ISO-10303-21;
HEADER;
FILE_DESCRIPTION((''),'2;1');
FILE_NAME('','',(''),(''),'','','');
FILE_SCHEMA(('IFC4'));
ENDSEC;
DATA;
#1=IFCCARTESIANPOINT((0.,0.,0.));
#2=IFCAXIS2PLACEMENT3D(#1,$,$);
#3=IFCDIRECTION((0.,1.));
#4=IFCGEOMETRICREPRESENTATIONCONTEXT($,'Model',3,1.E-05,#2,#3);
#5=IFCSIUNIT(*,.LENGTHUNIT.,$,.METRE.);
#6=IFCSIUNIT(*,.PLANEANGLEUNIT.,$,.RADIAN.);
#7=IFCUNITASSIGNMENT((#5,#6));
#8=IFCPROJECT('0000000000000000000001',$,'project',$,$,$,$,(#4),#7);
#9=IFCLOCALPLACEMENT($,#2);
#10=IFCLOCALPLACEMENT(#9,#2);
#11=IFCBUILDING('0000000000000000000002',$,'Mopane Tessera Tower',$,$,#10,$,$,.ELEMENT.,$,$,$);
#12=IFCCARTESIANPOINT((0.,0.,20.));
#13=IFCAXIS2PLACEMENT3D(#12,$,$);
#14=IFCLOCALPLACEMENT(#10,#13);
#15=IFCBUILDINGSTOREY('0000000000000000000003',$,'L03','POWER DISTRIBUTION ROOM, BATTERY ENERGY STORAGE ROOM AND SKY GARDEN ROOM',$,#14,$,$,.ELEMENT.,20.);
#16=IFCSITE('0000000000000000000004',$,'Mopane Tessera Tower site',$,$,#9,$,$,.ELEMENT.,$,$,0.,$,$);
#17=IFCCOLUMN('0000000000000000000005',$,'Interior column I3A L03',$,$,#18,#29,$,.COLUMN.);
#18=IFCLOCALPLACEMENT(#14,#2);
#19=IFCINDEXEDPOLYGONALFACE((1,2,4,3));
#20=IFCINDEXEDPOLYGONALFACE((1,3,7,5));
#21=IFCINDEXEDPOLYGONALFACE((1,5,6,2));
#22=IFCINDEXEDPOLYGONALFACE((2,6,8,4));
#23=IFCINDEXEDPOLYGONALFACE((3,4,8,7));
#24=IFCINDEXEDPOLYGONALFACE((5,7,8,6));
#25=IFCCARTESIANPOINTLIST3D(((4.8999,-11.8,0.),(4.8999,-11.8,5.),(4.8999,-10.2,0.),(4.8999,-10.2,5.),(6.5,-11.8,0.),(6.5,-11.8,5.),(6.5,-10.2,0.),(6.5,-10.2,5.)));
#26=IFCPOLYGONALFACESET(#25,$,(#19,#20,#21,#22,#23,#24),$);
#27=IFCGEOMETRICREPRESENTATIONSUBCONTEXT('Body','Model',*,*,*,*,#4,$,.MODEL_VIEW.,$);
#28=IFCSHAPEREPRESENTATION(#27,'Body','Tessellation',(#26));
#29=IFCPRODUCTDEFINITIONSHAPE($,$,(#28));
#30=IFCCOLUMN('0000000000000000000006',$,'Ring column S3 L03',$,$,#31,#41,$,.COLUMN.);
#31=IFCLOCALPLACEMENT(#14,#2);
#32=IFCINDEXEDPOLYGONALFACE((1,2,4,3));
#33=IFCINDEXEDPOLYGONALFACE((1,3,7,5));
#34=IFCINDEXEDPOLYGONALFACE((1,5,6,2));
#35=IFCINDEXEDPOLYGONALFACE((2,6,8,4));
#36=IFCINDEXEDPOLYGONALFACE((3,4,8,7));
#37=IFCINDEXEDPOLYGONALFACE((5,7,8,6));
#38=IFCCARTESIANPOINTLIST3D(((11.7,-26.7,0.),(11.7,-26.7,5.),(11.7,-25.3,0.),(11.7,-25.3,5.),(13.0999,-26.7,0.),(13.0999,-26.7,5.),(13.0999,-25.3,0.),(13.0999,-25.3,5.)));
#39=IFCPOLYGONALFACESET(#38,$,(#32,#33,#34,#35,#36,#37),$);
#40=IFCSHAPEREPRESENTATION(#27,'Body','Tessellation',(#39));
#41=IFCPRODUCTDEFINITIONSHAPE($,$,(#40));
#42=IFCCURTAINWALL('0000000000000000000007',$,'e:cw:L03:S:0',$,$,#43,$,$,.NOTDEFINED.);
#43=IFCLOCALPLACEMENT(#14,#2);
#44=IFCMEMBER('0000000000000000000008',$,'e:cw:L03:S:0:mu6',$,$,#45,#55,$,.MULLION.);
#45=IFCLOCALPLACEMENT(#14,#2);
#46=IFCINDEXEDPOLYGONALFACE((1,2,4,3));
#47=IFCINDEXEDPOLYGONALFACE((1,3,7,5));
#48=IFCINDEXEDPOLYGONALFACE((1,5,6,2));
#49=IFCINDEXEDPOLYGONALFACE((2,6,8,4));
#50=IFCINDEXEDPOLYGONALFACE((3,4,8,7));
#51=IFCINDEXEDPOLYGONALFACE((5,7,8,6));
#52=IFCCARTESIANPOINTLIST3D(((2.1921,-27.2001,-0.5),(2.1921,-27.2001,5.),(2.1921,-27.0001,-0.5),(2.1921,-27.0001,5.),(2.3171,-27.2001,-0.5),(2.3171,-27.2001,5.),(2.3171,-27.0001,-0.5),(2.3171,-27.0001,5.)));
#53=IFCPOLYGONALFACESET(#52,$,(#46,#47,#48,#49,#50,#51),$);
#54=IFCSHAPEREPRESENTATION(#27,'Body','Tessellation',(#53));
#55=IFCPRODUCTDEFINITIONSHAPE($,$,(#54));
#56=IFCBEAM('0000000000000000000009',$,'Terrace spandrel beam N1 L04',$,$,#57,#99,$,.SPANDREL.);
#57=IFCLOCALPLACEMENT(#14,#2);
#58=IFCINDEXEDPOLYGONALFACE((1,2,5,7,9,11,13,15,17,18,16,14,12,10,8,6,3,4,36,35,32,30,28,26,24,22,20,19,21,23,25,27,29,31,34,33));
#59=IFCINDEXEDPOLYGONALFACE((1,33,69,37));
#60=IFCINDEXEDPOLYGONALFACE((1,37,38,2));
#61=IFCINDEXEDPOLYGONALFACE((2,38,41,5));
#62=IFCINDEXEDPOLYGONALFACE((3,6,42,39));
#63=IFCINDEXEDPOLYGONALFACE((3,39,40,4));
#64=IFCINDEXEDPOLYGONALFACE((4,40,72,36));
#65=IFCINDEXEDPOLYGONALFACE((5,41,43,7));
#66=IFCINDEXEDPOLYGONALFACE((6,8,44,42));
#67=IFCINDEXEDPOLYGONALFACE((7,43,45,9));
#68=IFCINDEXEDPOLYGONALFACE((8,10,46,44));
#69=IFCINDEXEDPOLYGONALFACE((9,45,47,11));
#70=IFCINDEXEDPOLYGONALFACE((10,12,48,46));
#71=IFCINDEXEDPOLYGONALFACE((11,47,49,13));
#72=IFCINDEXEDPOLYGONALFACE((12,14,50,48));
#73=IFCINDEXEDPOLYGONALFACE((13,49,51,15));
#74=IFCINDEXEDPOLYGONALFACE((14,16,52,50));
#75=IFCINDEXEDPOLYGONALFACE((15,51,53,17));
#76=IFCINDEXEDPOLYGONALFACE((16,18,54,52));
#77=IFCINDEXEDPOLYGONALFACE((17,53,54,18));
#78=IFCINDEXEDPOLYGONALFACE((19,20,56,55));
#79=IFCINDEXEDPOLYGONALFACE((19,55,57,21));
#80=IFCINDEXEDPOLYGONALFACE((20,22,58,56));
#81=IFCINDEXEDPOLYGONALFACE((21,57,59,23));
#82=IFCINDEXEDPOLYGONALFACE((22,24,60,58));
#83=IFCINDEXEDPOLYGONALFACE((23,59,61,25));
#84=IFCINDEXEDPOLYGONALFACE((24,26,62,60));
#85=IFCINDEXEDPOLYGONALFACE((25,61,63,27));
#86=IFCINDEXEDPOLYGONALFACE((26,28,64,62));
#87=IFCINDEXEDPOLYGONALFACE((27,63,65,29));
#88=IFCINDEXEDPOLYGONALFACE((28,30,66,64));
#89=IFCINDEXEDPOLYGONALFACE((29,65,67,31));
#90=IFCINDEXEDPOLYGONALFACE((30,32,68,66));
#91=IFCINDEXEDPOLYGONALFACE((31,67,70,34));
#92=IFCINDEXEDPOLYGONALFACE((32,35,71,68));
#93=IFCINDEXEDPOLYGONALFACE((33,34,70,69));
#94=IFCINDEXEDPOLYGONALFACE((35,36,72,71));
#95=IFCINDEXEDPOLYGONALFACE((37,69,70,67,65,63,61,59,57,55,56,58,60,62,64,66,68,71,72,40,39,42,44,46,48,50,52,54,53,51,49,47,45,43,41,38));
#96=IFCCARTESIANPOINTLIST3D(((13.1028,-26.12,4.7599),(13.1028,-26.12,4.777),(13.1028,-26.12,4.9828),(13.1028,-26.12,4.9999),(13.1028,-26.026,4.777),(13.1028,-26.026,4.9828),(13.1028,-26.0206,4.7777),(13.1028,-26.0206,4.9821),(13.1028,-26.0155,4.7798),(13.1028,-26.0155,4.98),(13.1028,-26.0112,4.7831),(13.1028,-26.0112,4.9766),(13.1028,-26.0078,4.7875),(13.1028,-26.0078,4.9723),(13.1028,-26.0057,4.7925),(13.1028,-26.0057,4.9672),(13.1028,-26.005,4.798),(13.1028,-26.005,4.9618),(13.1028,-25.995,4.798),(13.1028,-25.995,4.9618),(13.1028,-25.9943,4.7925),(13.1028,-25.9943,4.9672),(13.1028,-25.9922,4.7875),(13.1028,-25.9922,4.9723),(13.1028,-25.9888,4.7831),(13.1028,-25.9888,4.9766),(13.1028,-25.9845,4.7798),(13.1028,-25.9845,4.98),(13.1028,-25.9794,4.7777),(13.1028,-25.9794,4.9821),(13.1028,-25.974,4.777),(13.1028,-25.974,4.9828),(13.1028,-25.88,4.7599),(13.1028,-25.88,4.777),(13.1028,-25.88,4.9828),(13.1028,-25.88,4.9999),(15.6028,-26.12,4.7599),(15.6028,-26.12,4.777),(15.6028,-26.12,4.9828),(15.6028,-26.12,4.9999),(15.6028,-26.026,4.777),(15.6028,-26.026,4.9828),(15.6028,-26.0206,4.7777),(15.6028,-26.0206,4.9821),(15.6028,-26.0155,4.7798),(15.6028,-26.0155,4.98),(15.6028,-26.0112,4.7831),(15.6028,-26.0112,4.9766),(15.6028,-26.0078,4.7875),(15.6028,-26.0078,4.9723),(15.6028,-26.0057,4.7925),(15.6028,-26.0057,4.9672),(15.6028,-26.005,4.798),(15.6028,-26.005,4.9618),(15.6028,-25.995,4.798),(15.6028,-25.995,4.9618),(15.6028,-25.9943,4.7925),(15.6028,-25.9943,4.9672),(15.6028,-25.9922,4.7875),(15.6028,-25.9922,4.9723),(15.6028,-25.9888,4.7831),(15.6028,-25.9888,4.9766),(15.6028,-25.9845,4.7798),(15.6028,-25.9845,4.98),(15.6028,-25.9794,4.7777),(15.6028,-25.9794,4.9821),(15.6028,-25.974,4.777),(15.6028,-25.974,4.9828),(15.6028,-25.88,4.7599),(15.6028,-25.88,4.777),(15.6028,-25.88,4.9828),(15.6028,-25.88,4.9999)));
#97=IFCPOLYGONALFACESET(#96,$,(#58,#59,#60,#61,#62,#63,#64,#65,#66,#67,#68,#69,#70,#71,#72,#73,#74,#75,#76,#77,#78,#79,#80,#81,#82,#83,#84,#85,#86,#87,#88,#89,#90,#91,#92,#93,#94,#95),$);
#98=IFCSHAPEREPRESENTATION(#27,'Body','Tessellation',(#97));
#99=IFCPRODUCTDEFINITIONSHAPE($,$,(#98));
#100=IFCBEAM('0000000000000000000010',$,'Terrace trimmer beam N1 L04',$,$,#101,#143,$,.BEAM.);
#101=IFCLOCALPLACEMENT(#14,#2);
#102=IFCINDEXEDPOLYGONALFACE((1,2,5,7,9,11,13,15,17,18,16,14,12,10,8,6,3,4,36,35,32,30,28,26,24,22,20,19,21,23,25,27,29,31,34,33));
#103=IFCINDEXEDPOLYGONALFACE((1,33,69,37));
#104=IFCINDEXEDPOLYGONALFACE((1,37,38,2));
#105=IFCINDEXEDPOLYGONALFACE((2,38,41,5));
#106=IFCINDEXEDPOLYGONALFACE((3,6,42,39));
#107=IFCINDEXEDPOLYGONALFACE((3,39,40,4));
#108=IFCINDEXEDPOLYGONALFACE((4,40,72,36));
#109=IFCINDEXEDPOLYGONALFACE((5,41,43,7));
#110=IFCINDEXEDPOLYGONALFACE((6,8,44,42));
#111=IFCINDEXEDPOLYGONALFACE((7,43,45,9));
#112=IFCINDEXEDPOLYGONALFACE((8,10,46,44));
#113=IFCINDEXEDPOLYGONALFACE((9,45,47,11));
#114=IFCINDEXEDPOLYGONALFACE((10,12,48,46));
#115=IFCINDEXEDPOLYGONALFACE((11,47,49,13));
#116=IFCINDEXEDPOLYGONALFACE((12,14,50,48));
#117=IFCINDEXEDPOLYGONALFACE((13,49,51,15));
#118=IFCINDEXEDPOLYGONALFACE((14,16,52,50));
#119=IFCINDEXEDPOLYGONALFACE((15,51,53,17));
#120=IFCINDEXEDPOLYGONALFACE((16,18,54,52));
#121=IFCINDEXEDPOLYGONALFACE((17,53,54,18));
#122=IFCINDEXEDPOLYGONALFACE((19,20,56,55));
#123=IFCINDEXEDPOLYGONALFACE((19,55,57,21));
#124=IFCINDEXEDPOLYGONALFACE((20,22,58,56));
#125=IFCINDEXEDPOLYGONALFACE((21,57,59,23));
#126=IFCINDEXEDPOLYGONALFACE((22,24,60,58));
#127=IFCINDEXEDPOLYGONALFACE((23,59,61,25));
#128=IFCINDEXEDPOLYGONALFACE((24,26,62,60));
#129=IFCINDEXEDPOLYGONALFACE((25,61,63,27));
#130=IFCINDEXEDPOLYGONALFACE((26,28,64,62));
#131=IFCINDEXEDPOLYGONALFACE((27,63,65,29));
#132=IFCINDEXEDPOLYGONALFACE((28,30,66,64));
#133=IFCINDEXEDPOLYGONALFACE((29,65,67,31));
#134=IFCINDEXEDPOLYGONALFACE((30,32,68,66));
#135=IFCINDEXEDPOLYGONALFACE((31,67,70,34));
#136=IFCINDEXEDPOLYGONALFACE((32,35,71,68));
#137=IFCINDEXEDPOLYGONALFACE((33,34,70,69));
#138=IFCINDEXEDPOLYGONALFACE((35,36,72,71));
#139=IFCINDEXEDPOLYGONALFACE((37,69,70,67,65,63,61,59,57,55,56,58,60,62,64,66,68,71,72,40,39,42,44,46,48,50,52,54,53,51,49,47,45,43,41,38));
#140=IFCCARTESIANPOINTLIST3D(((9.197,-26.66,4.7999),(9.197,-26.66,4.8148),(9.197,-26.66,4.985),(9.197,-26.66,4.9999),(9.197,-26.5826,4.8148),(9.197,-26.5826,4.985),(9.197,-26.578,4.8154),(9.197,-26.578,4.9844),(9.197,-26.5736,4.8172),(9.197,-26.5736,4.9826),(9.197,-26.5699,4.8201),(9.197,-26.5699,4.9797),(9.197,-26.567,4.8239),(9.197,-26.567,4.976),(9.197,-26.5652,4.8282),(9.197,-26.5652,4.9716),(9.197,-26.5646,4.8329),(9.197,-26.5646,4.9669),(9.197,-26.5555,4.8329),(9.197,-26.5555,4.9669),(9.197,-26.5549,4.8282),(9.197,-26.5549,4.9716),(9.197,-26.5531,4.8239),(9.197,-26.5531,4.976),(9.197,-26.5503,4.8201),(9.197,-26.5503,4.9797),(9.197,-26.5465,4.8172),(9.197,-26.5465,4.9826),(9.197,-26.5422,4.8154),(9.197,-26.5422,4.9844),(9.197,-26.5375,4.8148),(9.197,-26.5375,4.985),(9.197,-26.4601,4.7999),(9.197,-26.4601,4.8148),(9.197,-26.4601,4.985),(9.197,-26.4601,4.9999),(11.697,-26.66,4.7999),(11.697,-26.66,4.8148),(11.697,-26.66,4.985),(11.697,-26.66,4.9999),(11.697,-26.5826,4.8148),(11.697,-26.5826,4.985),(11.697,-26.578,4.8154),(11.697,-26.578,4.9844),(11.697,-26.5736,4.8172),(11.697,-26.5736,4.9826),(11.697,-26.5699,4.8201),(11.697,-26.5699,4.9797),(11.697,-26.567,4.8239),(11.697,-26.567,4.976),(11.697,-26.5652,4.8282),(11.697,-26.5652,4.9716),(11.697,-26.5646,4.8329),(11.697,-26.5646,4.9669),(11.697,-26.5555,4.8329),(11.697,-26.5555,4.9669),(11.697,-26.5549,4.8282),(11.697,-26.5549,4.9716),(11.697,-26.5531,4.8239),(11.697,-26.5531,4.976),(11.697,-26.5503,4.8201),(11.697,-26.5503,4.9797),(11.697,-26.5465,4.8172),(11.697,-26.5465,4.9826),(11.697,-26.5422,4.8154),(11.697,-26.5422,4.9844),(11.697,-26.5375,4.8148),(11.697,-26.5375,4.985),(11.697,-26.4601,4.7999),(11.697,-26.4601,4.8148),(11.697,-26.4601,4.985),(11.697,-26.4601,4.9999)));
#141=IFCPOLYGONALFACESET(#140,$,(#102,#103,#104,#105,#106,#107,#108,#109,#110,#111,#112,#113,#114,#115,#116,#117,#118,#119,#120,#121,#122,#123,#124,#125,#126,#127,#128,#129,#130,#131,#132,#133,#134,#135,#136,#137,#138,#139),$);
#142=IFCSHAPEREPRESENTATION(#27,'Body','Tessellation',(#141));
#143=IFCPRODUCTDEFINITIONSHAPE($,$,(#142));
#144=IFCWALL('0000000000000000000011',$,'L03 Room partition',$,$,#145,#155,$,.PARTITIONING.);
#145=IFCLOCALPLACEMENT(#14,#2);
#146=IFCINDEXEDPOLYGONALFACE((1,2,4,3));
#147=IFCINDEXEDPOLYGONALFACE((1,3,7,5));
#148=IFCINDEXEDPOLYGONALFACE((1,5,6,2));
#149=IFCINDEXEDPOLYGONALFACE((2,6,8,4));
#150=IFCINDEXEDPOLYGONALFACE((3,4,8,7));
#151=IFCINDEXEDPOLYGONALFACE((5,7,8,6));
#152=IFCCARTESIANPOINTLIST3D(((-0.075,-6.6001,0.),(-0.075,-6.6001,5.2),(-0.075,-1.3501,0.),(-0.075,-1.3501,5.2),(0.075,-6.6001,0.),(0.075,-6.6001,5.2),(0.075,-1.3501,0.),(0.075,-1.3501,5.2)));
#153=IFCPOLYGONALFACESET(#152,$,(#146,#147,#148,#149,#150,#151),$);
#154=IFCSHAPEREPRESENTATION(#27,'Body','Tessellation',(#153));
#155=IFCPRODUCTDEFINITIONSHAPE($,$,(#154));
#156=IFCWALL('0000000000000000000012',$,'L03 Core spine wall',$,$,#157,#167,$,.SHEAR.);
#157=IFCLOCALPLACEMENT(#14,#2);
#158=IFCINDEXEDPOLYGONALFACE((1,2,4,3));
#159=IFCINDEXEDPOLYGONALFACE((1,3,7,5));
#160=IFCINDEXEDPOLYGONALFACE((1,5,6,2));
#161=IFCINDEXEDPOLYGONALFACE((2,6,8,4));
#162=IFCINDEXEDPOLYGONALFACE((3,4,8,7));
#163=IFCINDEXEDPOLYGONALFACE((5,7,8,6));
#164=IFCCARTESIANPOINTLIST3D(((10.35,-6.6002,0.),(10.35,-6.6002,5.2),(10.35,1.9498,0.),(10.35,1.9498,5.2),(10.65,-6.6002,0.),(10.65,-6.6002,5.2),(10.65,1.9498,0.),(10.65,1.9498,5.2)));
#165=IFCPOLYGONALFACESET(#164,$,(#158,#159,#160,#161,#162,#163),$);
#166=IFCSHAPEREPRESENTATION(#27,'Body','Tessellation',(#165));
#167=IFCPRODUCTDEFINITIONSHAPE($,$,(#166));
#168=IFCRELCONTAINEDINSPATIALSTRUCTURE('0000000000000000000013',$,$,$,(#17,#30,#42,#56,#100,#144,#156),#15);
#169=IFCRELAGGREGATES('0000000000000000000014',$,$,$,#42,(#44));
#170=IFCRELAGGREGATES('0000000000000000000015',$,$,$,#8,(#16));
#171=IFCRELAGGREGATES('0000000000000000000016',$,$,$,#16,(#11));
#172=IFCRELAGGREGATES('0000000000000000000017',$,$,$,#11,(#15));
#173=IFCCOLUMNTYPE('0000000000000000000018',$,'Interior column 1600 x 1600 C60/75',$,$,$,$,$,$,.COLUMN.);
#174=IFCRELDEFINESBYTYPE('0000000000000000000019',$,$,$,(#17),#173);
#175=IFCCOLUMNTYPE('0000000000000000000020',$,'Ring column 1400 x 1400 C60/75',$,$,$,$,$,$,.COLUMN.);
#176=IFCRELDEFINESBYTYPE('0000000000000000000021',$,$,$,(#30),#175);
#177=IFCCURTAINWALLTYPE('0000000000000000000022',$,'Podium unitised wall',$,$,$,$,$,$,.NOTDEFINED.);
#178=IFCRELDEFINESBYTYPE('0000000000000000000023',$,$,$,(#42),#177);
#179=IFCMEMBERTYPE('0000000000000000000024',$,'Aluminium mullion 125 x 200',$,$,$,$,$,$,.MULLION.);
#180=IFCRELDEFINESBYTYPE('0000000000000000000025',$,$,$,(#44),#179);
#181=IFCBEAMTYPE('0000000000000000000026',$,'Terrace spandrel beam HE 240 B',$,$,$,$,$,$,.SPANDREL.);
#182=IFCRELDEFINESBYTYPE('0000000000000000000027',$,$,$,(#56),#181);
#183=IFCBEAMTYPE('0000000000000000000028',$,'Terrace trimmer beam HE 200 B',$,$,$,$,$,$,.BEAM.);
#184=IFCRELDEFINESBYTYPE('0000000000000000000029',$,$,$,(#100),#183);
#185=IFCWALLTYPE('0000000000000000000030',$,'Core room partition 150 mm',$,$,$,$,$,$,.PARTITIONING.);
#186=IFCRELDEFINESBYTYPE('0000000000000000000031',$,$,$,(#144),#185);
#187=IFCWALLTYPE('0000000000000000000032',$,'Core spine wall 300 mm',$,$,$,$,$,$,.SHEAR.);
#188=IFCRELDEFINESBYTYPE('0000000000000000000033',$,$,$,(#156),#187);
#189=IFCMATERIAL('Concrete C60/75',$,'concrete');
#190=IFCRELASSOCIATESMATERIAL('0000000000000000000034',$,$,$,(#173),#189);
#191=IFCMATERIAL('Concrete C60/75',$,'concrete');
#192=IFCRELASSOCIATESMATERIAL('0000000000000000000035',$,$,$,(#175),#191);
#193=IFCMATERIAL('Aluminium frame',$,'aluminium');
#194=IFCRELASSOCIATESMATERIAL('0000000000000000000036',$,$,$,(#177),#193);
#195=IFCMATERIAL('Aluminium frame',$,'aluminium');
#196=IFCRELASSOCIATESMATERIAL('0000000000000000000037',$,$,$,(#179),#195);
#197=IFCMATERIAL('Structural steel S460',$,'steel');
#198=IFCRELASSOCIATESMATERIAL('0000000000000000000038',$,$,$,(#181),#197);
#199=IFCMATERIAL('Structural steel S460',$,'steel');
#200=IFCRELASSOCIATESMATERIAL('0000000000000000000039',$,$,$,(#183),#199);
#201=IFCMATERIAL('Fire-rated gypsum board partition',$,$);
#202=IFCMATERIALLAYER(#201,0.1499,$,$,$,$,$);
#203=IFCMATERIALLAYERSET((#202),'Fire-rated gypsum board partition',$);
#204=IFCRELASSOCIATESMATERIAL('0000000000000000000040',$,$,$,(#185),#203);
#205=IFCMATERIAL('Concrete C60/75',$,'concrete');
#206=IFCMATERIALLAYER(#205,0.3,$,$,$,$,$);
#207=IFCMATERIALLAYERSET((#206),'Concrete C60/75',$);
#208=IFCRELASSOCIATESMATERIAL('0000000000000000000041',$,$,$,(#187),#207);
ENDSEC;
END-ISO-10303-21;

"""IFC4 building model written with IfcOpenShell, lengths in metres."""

from ifc_helpers import new_model, si_unit, direction, frame, frame_2d, origin, origin_2d, place, context, subcontext, project, spatial, rectangle, i_section, extrude, material, layer, layer_set, material_profile, profile_set, type_object, element, aggregate, save


model = new_model("IFC4")

# Units and contexts
model_context = context("Model", 3, precision=1e-05, world=origin(), true_north=direction((0.0, 1.0)))
body_context = subcontext(model_context, "Body", "Model", "MODEL_VIEW")
ifc_project = project(units=[si_unit("LENGTHUNIT", "METRE"), si_unit("PLANEANGLEUNIT", "RADIAN")], contexts=[model_context])

# Site, building, storey
site_placement = place(None, origin())
site = spatial("IfcSite", under=ifc_project, at=site_placement, Name="Mopane Tessera Tower site", CompositionType="ELEMENT", RefElevation=0.0)
building_placement = place(site_placement, origin())
building = spatial("IfcBuilding", under=site, at=building_placement, Name="Mopane Tessera Tower", CompositionType="ELEMENT")
storey_placement = place(building_placement, frame((0.0, 0.0, 20.0)))
storey = spatial("IfcBuildingStorey", under=building, at=storey_placement, Name="L03", Description="POWER DISTRIBUTION ROOM, BATTERY ENERGY STORAGE ROOM AND SKY GARDEN ROOM", CompositionType="ELEMENT", Elevation=20.0)

# Columns
ifc_material_1 = material(Name="Concrete C60/75", Category="concrete")
ifc_material_profile_1 = material_profile(ifc_material_1, rectangle(XDim=1.6001, YDim=1.6001, at=origin_2d()))
ifc_profile_set_1 = profile_set([ifc_material_profile_1], Name="Concrete C60/75")
column_type_1 = type_object("IfcColumnType", Name="Interior column 1600 x 1600 C60/75", PredefinedType="COLUMN", material=ifc_profile_set_1)
column_1_placement = place(storey_placement, frame((5.7, -11.0, 0.0), z_axis=(0.0, 0.0, 1.0), x_axis=(1.0, 0.0, 0.0)))
element("IfcColumn", 1, at=column_1_placement, inside=storey, type_object=column_type_1, Name="Interior column I3A L03", PredefinedType="COLUMN", context=body_context, shape_type="SweptSolid", body=[
    extrude(rectangle(XDim=1.6001, YDim=1.6001, at=origin_2d()), origin(), (0.0, 0.0, 1.0), 5.0),
])
ifc_material_2 = material(Name="Concrete C60/75", Category="concrete")
ifc_material_profile_2 = material_profile(ifc_material_2, rectangle(XDim=1.3999, YDim=1.3999, at=origin_2d()))
ifc_profile_set_2 = profile_set([ifc_material_profile_2], Name="Concrete C60/75")
column_type_2 = type_object("IfcColumnType", Name="Ring column 1400 x 1400 C60/75", PredefinedType="COLUMN", material=ifc_profile_set_2)
column_2_placement = place(storey_placement, frame((12.3999, -26.0, 0.0), z_axis=(0.0, 0.0, 1.0), x_axis=(1.0, 0.0, 0.0)))
element("IfcColumn", 2, at=column_2_placement, inside=storey, type_object=column_type_2, Name="Ring column S3 L03", PredefinedType="COLUMN", context=body_context, shape_type="SweptSolid", body=[
    extrude(rectangle(XDim=1.3999, YDim=1.3999, at=origin_2d()), origin(), (0.0, 0.0, 1.0), 5.0),
])

# Curtain wall, member
ifc_material_3 = material(Name="Aluminium frame", Category="aluminium")
curtain_wall_type = type_object("IfcCurtainWallType", Name="Podium unitised wall", PredefinedType="NOTDEFINED", material=ifc_material_3)
curtain_wall_placement = place(storey_placement, origin())
curtain_wall = element("IfcCurtainWall", 3, at=curtain_wall_placement, inside=storey, type_object=curtain_wall_type, Name="e:cw:L03:S:0", PredefinedType="NOTDEFINED")
ifc_material_4 = material(Name="Aluminium frame", Category="aluminium")
ifc_material_profile_3 = material_profile(ifc_material_4, rectangle(XDim=0.125, YDim=0.2, at=origin_2d()))
ifc_profile_set_3 = profile_set([ifc_material_profile_3], Name="Aluminium frame")
member_type = type_object("IfcMemberType", Name="Aluminium mullion 125 x 200", PredefinedType="MULLION", material=ifc_profile_set_3)
member_placement = place(storey_placement, frame((2.2546, -27.1001, -0.5), z_axis=(0.0, 0.0, 1.0), x_axis=(1.0, 0.0, 0.0)))
member = element("IfcMember", 4, at=member_placement, type_object=member_type, Name="e:cw:L03:S:0:mu6", PredefinedType="MULLION", context=body_context, shape_type="SweptSolid", body=[
    extrude(rectangle(XDim=0.125, YDim=0.2, at=origin_2d()), origin(), (0.0, 0.0, 1.0), 5.5),
])
aggregate(curtain_wall, [member])

# Beams
ifc_material_5 = material(Name="Structural steel S460", Category="steel")
ifc_material_profile_4 = material_profile(ifc_material_5, i_section(OverallWidth=0.24, OverallDepth=0.24, WebThickness=0.01, FlangeThickness=0.0171, FilletRadius=0.021, at=origin_2d()))
ifc_profile_set_4 = profile_set([ifc_material_profile_4], Name="Structural steel S460")
beam_type_1 = type_object("IfcBeamType", Name="Terrace spandrel beam HE 240 B", PredefinedType="SPANDREL", material=ifc_profile_set_4)
beam_1_placement = place(storey_placement, frame((13.1028, -26.0, 4.8799), z_axis=(1.0, 0.0, 0.0), x_axis=(0.0, 1.0, 0.0)))
element("IfcBeam", 5, at=beam_1_placement, inside=storey, type_object=beam_type_1, Name="Terrace spandrel beam N1 L04", PredefinedType="SPANDREL", context=body_context, shape_type="SweptSolid", body=[
    extrude(i_section(OverallWidth=0.24, OverallDepth=0.24, WebThickness=0.01, FlangeThickness=0.0171, FilletRadius=0.021, at=origin_2d()), origin(), (0.0, 0.0, 1.0), 2.5),
])
ifc_material_6 = material(Name="Structural steel S460", Category="steel")
ifc_material_profile_5 = material_profile(ifc_material_6, i_section(OverallWidth=0.2, OverallDepth=0.2, WebThickness=0.009, FlangeThickness=0.0149, FilletRadius=0.0181, at=origin_2d()))
ifc_profile_set_5 = profile_set([ifc_material_profile_5], Name="Structural steel S460")
beam_type_2 = type_object("IfcBeamType", Name="Terrace trimmer beam HE 200 B", PredefinedType="BEAM", material=ifc_profile_set_5)
beam_2_placement = place(storey_placement, frame((11.697, -26.5601, 4.8999), z_axis=(-1.0, 0.0, 0.0), x_axis=(0.0, -1.0, 0.0)))
element("IfcBeam", 6, at=beam_2_placement, inside=storey, type_object=beam_type_2, Name="Terrace trimmer beam N1 L04", PredefinedType="BEAM", context=body_context, shape_type="SweptSolid", body=[
    extrude(i_section(OverallWidth=0.2, OverallDepth=0.2, WebThickness=0.009, FlangeThickness=0.0149, FilletRadius=0.0181, at=origin_2d()), origin(), (0.0, 0.0, 1.0), 2.5),
])

# Walls
ifc_material_7 = material(Name="Fire-rated gypsum board partition")
ifc_layer_1 = layer(ifc_material_7, 0.1499)
ifc_layer_set_1 = layer_set([ifc_layer_1], Name="Fire-rated gypsum board partition")
wall_type_1 = type_object("IfcWallType", Name="Core room partition 150 mm", PredefinedType="PARTITIONING", material=ifc_layer_set_1)
wall_1_placement = place(storey_placement, frame((0.0, -6.6001, 0.0), z_axis=(0.0, 0.0, 1.0), x_axis=(0.0, 1.0, 0.0)))
element("IfcWall", 7, at=wall_1_placement, inside=storey, type_object=wall_type_1, Name="L03 Room partition", PredefinedType="PARTITIONING", context=body_context, shape_type="SweptSolid", body=[
    extrude(rectangle(XDim=5.25, YDim=0.1499, at=frame_2d((2.625, 0.0))), origin(), (0.0, 0.0, 1.0), 5.2),
])
ifc_material_8 = material(Name="Concrete C60/75", Category="concrete")
ifc_layer_2 = layer(ifc_material_8, 0.3)
ifc_layer_set_2 = layer_set([ifc_layer_2], Name="Concrete C60/75")
wall_type_2 = type_object("IfcWallType", Name="Core spine wall 300 mm", PredefinedType="SHEAR", material=ifc_layer_set_2)
wall_2_placement = place(storey_placement, frame((10.5, -6.6001, 0.0), z_axis=(0.0, 0.0, 1.0), x_axis=(0.0, 1.0, 0.0)))
element("IfcWall", 8, at=wall_2_placement, inside=storey, type_object=wall_type_2, Name="L03 Core spine wall", PredefinedType="SHEAR", context=body_context, shape_type="SweptSolid", body=[
    extrude(rectangle(XDim=8.55, YDim=0.3, at=frame_2d((4.2749, 0.0))), origin(), (0.0, 0.0, 1.0), 5.2),
])

save(model, "model.ifc")
